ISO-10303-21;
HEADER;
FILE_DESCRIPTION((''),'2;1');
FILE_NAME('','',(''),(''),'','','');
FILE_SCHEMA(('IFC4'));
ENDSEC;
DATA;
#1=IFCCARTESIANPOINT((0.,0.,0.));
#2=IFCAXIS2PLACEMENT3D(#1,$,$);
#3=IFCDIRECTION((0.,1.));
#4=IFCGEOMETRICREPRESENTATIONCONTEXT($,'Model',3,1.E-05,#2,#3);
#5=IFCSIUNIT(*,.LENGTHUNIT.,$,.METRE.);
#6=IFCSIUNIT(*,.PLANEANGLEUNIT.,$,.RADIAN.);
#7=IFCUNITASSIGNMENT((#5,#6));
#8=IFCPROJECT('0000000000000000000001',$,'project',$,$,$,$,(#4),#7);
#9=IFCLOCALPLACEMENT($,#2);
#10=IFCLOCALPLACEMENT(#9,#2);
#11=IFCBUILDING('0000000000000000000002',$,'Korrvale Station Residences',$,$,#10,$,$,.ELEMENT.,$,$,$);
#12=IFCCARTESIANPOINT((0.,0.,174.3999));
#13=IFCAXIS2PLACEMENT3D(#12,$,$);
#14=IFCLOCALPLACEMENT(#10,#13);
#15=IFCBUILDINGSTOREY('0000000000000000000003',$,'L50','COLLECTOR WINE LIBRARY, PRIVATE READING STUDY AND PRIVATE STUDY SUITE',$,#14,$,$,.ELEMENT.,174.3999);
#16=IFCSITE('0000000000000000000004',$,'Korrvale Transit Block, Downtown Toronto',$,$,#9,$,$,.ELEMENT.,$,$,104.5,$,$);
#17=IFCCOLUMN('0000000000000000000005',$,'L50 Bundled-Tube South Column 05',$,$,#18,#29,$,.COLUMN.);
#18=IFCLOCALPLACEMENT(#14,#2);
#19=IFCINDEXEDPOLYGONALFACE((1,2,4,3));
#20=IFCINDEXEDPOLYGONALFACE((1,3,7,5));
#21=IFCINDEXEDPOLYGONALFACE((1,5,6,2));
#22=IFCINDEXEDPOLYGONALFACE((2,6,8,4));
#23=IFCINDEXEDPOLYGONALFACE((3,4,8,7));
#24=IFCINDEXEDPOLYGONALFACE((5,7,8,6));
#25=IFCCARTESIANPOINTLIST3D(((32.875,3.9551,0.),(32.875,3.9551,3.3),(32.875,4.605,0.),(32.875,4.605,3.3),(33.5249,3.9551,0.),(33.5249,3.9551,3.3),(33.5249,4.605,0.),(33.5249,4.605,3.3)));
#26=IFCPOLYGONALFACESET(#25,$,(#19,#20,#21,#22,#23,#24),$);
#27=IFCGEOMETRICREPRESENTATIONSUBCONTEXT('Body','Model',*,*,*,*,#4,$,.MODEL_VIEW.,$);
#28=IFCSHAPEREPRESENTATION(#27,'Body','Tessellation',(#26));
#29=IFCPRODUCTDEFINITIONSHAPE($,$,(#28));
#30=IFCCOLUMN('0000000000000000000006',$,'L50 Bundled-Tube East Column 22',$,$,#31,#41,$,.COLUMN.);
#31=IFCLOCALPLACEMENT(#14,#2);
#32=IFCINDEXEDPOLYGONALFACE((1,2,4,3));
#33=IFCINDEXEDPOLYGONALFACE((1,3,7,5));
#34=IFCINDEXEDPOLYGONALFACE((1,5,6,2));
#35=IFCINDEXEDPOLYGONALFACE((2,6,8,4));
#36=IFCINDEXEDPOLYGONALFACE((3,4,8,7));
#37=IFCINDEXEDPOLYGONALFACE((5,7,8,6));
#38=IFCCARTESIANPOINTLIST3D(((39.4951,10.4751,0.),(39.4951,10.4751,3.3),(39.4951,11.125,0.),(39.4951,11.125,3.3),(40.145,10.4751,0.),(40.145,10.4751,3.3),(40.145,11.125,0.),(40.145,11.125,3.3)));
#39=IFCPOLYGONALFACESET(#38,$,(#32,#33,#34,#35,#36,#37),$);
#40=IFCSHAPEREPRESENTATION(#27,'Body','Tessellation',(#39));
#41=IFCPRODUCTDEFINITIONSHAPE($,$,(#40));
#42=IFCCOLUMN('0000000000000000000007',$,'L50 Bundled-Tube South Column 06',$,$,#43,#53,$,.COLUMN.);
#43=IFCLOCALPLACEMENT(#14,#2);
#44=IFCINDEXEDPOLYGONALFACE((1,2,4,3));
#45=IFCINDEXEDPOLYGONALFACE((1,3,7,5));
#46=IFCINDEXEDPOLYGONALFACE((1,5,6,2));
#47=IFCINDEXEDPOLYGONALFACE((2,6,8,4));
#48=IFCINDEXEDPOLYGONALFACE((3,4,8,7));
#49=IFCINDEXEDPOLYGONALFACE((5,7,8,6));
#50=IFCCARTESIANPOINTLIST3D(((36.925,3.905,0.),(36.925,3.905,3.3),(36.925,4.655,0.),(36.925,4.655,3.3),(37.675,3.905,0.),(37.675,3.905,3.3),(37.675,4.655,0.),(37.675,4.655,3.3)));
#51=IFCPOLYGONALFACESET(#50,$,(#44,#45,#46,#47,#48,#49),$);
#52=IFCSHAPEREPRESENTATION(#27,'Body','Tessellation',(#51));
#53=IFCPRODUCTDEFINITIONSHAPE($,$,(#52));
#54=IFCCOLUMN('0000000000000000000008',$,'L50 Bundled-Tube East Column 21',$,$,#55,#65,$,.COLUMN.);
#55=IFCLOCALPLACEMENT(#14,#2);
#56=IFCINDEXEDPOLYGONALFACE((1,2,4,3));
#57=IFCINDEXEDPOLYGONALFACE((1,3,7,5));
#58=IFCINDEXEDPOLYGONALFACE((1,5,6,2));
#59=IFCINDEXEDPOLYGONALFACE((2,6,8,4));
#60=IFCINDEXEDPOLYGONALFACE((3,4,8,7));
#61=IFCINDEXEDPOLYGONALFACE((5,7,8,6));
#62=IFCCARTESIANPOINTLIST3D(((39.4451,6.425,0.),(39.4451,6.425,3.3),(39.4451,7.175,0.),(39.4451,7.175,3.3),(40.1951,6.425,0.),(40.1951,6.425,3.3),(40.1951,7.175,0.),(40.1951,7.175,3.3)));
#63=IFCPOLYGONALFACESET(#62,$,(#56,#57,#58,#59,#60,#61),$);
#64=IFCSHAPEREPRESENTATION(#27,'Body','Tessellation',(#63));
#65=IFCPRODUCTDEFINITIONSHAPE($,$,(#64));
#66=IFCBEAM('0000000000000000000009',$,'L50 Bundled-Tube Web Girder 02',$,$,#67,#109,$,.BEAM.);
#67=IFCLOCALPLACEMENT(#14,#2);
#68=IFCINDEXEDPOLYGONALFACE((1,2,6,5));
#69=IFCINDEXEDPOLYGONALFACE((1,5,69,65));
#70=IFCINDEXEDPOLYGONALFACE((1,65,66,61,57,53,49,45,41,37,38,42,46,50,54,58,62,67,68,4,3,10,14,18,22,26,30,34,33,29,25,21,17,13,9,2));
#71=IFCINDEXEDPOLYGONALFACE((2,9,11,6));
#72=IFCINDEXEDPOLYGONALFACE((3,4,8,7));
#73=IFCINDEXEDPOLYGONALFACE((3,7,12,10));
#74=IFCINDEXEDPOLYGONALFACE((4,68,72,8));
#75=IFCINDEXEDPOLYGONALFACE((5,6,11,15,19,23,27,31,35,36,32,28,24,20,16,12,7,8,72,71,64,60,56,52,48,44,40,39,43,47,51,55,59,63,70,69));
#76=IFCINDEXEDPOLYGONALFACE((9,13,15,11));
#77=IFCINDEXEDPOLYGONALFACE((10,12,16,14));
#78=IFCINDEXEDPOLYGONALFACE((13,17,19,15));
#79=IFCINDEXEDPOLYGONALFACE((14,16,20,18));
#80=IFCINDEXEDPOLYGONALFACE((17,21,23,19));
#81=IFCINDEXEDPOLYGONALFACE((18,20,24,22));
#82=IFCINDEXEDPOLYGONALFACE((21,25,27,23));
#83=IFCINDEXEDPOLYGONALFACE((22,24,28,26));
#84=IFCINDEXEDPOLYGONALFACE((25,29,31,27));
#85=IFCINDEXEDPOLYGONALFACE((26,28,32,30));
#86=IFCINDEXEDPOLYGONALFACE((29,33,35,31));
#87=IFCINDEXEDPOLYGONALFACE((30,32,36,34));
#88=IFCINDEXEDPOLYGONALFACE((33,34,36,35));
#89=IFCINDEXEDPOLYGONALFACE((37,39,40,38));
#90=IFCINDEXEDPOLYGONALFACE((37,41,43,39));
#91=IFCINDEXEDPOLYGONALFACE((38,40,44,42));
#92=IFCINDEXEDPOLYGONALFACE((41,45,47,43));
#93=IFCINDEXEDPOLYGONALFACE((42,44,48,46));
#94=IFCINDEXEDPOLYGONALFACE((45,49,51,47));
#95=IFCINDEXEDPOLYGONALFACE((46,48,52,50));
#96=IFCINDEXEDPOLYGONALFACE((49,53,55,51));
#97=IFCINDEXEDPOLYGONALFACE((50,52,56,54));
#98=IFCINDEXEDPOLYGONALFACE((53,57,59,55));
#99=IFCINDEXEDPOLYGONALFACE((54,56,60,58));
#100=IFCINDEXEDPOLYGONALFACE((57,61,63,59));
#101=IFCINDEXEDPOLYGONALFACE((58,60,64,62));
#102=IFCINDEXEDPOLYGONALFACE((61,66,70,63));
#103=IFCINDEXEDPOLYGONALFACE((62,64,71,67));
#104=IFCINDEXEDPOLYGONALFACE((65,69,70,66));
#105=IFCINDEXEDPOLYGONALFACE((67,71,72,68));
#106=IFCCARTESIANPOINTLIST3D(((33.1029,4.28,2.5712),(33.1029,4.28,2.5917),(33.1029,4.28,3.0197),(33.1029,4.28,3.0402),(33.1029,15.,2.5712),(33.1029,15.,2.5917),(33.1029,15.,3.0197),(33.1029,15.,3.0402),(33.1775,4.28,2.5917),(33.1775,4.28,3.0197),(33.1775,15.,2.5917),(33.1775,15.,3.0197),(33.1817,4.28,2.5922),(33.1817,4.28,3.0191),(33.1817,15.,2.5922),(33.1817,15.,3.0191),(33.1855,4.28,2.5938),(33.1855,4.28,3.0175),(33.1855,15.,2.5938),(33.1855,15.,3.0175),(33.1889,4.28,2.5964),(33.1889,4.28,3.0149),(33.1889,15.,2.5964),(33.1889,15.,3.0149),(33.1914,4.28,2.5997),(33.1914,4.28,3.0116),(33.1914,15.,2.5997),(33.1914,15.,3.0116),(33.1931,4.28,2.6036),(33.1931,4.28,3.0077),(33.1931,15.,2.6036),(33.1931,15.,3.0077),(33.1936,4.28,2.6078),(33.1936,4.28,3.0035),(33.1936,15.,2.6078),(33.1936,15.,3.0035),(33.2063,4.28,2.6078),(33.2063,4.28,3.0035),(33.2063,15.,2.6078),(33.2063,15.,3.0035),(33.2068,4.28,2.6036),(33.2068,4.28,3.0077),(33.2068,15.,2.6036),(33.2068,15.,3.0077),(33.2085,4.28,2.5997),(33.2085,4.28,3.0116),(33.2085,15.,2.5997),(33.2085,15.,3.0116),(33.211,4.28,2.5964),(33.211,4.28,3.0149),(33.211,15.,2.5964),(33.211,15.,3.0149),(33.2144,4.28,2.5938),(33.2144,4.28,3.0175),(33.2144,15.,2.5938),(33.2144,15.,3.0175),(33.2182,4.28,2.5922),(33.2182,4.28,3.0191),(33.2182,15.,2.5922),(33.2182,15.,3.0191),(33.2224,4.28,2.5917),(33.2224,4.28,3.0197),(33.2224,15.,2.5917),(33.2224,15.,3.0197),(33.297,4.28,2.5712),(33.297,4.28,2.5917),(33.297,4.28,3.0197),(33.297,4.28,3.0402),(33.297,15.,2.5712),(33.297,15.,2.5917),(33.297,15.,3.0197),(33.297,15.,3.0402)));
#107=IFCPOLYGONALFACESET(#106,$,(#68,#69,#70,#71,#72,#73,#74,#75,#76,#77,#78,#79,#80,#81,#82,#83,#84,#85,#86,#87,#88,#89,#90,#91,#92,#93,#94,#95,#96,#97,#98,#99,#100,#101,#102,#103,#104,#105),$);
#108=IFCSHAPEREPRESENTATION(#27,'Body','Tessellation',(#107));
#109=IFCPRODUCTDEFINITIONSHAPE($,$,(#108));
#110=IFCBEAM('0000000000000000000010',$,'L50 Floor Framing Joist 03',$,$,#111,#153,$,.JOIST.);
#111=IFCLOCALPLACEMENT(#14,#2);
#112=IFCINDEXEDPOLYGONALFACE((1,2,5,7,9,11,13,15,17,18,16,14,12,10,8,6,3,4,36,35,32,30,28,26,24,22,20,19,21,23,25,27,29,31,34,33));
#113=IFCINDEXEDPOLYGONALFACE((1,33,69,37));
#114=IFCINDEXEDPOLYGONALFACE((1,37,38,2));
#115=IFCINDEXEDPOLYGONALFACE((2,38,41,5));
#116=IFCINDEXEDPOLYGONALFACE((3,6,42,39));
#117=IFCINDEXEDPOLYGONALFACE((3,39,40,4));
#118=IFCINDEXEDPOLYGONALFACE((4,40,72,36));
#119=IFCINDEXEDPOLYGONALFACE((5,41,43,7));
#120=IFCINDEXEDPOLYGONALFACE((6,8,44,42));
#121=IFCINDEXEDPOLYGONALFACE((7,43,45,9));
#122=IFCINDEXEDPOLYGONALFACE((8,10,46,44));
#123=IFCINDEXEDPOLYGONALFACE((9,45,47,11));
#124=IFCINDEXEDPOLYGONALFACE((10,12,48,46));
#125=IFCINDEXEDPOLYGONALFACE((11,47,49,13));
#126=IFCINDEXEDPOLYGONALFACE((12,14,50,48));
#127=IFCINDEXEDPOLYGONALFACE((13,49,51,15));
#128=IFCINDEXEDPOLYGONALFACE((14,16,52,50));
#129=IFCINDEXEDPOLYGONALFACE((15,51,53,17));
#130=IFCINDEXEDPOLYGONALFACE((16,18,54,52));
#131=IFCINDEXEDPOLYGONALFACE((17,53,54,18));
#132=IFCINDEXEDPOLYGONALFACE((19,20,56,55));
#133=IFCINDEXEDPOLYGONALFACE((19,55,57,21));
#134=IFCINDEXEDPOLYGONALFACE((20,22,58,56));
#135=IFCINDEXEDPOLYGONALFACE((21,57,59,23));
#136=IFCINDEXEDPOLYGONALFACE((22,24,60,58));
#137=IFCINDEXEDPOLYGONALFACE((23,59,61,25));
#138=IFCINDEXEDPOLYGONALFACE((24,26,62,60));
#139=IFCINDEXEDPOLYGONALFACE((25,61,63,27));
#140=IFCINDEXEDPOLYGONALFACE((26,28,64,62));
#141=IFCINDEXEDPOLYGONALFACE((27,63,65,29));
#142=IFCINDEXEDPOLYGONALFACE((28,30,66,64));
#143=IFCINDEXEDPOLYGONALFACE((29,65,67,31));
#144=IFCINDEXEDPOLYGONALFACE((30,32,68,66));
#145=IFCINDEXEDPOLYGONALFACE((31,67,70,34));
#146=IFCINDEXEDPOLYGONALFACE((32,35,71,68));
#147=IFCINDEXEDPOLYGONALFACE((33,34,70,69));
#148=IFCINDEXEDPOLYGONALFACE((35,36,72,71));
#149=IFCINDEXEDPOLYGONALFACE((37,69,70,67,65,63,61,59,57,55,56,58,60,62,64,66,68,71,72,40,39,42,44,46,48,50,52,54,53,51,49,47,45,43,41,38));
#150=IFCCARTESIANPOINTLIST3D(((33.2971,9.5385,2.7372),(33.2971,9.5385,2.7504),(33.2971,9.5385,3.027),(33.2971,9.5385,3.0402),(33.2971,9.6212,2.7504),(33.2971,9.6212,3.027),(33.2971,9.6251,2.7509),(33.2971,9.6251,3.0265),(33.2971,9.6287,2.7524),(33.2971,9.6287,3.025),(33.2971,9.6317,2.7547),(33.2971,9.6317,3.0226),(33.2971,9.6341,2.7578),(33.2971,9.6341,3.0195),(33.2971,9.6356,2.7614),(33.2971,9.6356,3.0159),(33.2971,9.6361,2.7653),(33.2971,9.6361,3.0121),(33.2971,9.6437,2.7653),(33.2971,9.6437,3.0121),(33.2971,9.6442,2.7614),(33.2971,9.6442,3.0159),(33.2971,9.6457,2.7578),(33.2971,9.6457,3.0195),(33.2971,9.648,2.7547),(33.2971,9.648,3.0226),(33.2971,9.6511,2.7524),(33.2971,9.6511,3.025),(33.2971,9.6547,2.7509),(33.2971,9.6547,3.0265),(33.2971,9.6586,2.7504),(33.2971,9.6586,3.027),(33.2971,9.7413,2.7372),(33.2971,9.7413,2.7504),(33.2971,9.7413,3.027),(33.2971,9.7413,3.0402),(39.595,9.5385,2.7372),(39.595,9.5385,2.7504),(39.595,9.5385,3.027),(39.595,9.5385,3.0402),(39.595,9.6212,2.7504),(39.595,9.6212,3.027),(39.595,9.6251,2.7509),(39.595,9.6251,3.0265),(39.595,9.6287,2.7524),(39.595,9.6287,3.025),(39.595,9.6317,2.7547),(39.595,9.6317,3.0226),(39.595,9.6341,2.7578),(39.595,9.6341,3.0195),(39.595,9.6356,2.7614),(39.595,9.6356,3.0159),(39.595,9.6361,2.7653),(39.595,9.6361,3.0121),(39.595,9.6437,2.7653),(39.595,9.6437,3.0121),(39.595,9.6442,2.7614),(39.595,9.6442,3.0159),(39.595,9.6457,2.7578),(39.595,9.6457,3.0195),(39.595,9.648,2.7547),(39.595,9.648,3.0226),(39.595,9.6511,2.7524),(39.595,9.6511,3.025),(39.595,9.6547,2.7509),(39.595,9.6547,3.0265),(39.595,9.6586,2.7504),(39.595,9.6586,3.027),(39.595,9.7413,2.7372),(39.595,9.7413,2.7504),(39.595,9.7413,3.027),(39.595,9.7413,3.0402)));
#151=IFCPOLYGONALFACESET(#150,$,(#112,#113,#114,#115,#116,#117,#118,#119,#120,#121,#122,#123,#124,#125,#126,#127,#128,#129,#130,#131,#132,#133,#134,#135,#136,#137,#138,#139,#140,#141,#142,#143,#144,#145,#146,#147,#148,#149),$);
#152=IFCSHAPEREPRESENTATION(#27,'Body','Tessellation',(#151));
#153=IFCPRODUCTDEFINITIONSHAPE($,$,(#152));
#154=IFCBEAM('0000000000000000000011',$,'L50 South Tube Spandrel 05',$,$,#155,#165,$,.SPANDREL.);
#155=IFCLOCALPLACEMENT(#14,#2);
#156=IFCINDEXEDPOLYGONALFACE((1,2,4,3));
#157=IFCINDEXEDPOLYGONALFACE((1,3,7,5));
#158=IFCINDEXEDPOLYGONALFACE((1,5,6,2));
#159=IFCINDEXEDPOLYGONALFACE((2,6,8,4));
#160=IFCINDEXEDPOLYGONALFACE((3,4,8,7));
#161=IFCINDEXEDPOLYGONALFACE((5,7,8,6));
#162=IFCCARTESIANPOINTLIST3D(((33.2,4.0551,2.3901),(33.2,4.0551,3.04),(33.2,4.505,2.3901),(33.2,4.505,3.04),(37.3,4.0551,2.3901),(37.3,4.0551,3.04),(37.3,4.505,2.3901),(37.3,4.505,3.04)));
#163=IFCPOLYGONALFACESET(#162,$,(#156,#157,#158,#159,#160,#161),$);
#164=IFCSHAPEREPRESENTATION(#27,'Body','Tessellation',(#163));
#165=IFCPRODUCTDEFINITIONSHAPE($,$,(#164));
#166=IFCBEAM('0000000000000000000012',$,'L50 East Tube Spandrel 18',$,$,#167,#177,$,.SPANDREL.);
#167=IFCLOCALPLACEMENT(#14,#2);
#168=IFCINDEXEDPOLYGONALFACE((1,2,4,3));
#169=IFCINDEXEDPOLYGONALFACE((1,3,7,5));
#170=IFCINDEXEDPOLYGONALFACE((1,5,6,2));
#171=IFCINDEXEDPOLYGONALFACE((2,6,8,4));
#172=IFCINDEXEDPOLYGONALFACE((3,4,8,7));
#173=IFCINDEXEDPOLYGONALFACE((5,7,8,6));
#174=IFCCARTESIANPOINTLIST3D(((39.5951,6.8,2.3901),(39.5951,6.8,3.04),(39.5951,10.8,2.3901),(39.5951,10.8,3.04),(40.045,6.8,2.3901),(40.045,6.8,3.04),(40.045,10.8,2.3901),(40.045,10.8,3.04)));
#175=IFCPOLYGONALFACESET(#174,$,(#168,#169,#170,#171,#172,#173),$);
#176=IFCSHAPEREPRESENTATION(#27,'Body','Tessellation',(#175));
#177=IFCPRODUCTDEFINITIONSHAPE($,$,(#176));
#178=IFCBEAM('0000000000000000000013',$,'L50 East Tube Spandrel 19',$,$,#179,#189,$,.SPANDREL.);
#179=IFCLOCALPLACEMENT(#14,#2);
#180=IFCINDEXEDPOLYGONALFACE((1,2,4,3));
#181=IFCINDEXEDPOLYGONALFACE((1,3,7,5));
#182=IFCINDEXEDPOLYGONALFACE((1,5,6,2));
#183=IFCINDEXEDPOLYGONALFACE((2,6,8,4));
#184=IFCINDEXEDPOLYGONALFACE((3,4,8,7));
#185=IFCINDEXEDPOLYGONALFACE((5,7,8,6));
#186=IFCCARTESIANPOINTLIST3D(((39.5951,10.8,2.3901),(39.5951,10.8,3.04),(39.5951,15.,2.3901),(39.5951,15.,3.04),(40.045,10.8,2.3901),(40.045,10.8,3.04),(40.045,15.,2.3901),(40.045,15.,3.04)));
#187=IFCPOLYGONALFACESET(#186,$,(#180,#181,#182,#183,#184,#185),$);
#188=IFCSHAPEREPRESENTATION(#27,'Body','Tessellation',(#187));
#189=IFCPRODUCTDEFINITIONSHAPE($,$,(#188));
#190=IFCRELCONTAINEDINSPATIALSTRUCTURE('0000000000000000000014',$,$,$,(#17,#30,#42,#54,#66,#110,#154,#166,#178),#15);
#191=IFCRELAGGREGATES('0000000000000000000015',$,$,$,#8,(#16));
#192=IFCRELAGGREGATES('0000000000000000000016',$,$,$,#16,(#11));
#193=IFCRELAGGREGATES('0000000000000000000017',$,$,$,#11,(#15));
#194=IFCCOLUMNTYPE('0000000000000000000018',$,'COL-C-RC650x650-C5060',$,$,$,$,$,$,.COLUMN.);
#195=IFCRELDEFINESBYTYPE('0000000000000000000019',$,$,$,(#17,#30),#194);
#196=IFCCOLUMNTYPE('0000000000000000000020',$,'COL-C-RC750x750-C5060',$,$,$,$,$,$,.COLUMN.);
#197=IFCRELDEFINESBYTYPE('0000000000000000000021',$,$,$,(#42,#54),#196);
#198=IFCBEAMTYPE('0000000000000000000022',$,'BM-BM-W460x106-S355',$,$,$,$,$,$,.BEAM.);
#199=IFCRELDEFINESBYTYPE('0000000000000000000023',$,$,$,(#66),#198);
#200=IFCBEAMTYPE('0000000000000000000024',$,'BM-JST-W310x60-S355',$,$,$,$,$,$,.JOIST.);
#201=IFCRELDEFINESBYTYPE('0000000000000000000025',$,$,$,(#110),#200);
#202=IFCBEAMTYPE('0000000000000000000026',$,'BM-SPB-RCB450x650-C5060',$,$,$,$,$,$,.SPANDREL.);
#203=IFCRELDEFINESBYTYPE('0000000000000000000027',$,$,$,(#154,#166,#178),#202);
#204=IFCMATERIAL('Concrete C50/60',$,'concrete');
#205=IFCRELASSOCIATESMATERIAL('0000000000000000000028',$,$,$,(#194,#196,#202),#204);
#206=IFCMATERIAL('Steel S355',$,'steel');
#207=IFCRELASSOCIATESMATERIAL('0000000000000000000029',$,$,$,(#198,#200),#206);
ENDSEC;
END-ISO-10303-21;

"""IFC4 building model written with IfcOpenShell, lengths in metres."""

from ifc_helpers import new_model, si_unit, direction, frame, origin, origin_2d, place, context, subcontext, project, spatial, rectangle, i_section, extrude, material, material_profile, profile_set, type_object, element, save


model = new_model("IFC4")

# Units and contexts
model_context = context("Model", 3, precision=1e-05, world=origin(), true_north=direction((0.0, 1.0)))
body_context = subcontext(model_context, "Body", "Model", "MODEL_VIEW")
ifc_project = project(units=[si_unit("LENGTHUNIT", "METRE"), si_unit("PLANEANGLEUNIT", "RADIAN")], contexts=[model_context])

# Site, building, storey
site_placement = place(None, origin())
site = spatial("IfcSite", under=ifc_project, at=site_placement, Name="Korrvale Transit Block, Downtown Toronto", CompositionType="ELEMENT", RefElevation=104.5)
building_placement = place(site_placement, origin())
building = spatial("IfcBuilding", under=site, at=building_placement, Name="Korrvale Station Residences", CompositionType="ELEMENT")
storey_placement = place(building_placement, frame((0.0, 0.0, 174.3999)))
storey = spatial("IfcBuildingStorey", under=building, at=storey_placement, Name="L50", Description="COLLECTOR WINE LIBRARY, PRIVATE READING STUDY AND PRIVATE STUDY SUITE", CompositionType="ELEMENT", Elevation=174.3999)

# Columns
ifc_material_1 = material(Name="Concrete C50/60", Category="concrete")
ifc_material_profile_1 = material_profile(ifc_material_1, rectangle(XDim=0.6499, YDim=0.6499, at=origin_2d()), Name="RC650x650")
ifc_profile_set_1 = profile_set([ifc_material_profile_1], Name="Concrete C50/60")
column_type_1 = type_object("IfcColumnType", Name="COL-C-RC650x650-C5060", PredefinedType="COLUMN", material=ifc_profile_set_1)
for number, where, z_axis, x_axis, name in (
    (1, (33.2, 4.28, 0.0), (0.0, 0.0, 1.0), (1.0, 0.0, 0.0), "L50 Bundled-Tube South Column 05"),
    (2, (39.8201, 10.8, 0.0), (0.0, 0.0, 1.0), (1.0, 0.0, 0.0), "L50 Bundled-Tube East Column 22"),
):
    element("IfcColumn", number, at=place(storey_placement, frame(where, z_axis=z_axis, x_axis=x_axis)), inside=storey, type_object=column_type_1, Name=name, PredefinedType="COLUMN", context=body_context, shape_type="SweptSolid", body=[
        extrude(rectangle(XDim=0.6499, YDim=0.6499, at=origin_2d()), origin(), (0.0, 0.0, 1.0), 3.3),
    ])
ifc_material_profile_2 = material_profile(ifc_material_1, rectangle(XDim=0.75, YDim=0.75, at=origin_2d()), Name="RC750x750")
ifc_profile_set_2 = profile_set([ifc_material_profile_2], Name="Concrete C50/60")
column_type_2 = type_object("IfcColumnType", Name="COL-C-RC750x750-C5060", PredefinedType="COLUMN", material=ifc_profile_set_2)
for number, where, z_axis, x_axis, name in (
    (3, (37.3, 4.28, 0.0), (0.0, 0.0, 1.0), (1.0, 0.0, 0.0), "L50 Bundled-Tube South Column 06"),
    (4, (39.8201, 6.8, 0.0), (0.0, 0.0, 1.0), (1.0, 0.0, 0.0), "L50 Bundled-Tube East Column 21"),
):
    element("IfcColumn", number, at=place(storey_placement, frame(where, z_axis=z_axis, x_axis=x_axis)), inside=storey, type_object=column_type_2, Name=name, PredefinedType="COLUMN", context=body_context, shape_type="SweptSolid", body=[
        extrude(rectangle(XDim=0.75, YDim=0.75, at=origin_2d()), origin(), (0.0, 0.0, 1.0), 3.3),
    ])

# Beams
ifc_material_2 = material(Name="Steel S355", Category="steel")
ifc_material_profile_3 = material_profile(ifc_material_2, i_section(OverallWidth=0.1941, OverallDepth=0.469, WebThickness=0.0127, FlangeThickness=0.0205, FilletRadius=0.0161, at=origin_2d()), Name="W460x106")
ifc_profile_set_3 = profile_set([ifc_material_profile_3], Name="Steel S355")
beam_type_1 = type_object("IfcBeamType", Name="BM-BM-W460x106-S355", PredefinedType="BEAM", material=ifc_profile_set_3)
beam_1_placement = place(storey_placement, frame((33.2, 4.28, 2.8057), z_axis=(0.0, 1.0, 0.0), x_axis=(-1.0, 0.0, 0.0)))
element("IfcBeam", 5, at=beam_1_placement, inside=storey, type_object=beam_type_1, Name="L50 Bundled-Tube Web Girder 02", PredefinedType="BEAM", context=body_context, shape_type="SweptSolid", body=[
    extrude(i_section(OverallWidth=0.1941, OverallDepth=0.469, WebThickness=0.0127, FlangeThickness=0.0205, FilletRadius=0.0161, at=origin_2d()), origin(), (0.0, 0.0, 1.0), 10.72),
])
ifc_material_profile_4 = material_profile(ifc_material_2, i_section(OverallWidth=0.2029, OverallDepth=0.303, WebThickness=0.0076, FlangeThickness=0.0132, FilletRadius=0.0149, at=origin_2d()), Name="W310x60")
ifc_profile_set_4 = profile_set([ifc_material_profile_4], Name="Steel S355")
beam_type_2 = type_object("IfcBeamType", Name="BM-JST-W310x60-S355", PredefinedType="JOIST", material=ifc_profile_set_4)
beam_2_placement = place(storey_placement, frame((33.2971, 9.6399, 2.8887), z_axis=(1.0, 0.0, 0.0), x_axis=(0.0, 1.0, 0.0)))
element("IfcBeam", 6, at=beam_2_placement, inside=storey, type_object=beam_type_2, Name="L50 Floor Framing Joist 03", PredefinedType="JOIST", context=body_context, shape_type="SweptSolid", body=[
    extrude(i_section(OverallWidth=0.2029, OverallDepth=0.303, WebThickness=0.0076, FlangeThickness=0.0132, FilletRadius=0.0149, at=origin_2d()), origin(), (0.0, 0.0, 1.0), 6.2979),
])
ifc_material_profile_5 = material_profile(ifc_material_1, rectangle(XDim=0.45, YDim=0.6499, at=origin_2d()), Name="RCB450x650")
ifc_profile_set_5 = profile_set([ifc_material_profile_5], Name="Concrete C50/60")
beam_type_3 = type_object("IfcBeamType", Name="BM-SPB-RCB450x650-C5060", PredefinedType="SPANDREL", material=ifc_profile_set_5)
beam_3_placement = place(storey_placement, frame((33.2, 4.28, 2.7151), z_axis=(1.0, 0.0, 0.0), x_axis=(0.0, 1.0, 0.0)))
element("IfcBeam", 7, at=beam_3_placement, inside=storey, type_object=beam_type_3, Name="L50 South Tube Spandrel 05", PredefinedType="SPANDREL", context=body_context, shape_type="SweptSolid", body=[
    extrude(rectangle(XDim=0.45, YDim=0.6499, at=origin_2d()), origin(), (0.0, 0.0, 1.0), 4.1001),
])
beam_4_placement = place(storey_placement, frame((39.8201, 6.8, 2.7151), z_axis=(0.0, 1.0, 0.0), x_axis=(-1.0, 0.0, 0.0)))
element("IfcBeam", 8, at=beam_4_placement, inside=storey, type_object=beam_type_3, Name="L50 East Tube Spandrel 18", PredefinedType="SPANDREL", context=body_context, shape_type="SweptSolid", body=[
    extrude(rectangle(XDim=0.45, YDim=0.6499, at=origin_2d()), origin(), (0.0, 0.0, 1.0), 4.0),
])
beam_5_placement = place(storey_placement, frame((39.8201, 10.8, 2.7151), z_axis=(0.0, 1.0, 0.0), x_axis=(-1.0, 0.0, 0.0)))
element("IfcBeam", 9, at=beam_5_placement, inside=storey, type_object=beam_type_3, Name="L50 East Tube Spandrel 19", PredefinedType="SPANDREL", context=body_context, shape_type="SweptSolid", body=[
    extrude(rectangle(XDim=0.45, YDim=0.6499, at=origin_2d()), origin(), (0.0, 0.0, 1.0), 4.2),
])

save(model, "model.ifc")
